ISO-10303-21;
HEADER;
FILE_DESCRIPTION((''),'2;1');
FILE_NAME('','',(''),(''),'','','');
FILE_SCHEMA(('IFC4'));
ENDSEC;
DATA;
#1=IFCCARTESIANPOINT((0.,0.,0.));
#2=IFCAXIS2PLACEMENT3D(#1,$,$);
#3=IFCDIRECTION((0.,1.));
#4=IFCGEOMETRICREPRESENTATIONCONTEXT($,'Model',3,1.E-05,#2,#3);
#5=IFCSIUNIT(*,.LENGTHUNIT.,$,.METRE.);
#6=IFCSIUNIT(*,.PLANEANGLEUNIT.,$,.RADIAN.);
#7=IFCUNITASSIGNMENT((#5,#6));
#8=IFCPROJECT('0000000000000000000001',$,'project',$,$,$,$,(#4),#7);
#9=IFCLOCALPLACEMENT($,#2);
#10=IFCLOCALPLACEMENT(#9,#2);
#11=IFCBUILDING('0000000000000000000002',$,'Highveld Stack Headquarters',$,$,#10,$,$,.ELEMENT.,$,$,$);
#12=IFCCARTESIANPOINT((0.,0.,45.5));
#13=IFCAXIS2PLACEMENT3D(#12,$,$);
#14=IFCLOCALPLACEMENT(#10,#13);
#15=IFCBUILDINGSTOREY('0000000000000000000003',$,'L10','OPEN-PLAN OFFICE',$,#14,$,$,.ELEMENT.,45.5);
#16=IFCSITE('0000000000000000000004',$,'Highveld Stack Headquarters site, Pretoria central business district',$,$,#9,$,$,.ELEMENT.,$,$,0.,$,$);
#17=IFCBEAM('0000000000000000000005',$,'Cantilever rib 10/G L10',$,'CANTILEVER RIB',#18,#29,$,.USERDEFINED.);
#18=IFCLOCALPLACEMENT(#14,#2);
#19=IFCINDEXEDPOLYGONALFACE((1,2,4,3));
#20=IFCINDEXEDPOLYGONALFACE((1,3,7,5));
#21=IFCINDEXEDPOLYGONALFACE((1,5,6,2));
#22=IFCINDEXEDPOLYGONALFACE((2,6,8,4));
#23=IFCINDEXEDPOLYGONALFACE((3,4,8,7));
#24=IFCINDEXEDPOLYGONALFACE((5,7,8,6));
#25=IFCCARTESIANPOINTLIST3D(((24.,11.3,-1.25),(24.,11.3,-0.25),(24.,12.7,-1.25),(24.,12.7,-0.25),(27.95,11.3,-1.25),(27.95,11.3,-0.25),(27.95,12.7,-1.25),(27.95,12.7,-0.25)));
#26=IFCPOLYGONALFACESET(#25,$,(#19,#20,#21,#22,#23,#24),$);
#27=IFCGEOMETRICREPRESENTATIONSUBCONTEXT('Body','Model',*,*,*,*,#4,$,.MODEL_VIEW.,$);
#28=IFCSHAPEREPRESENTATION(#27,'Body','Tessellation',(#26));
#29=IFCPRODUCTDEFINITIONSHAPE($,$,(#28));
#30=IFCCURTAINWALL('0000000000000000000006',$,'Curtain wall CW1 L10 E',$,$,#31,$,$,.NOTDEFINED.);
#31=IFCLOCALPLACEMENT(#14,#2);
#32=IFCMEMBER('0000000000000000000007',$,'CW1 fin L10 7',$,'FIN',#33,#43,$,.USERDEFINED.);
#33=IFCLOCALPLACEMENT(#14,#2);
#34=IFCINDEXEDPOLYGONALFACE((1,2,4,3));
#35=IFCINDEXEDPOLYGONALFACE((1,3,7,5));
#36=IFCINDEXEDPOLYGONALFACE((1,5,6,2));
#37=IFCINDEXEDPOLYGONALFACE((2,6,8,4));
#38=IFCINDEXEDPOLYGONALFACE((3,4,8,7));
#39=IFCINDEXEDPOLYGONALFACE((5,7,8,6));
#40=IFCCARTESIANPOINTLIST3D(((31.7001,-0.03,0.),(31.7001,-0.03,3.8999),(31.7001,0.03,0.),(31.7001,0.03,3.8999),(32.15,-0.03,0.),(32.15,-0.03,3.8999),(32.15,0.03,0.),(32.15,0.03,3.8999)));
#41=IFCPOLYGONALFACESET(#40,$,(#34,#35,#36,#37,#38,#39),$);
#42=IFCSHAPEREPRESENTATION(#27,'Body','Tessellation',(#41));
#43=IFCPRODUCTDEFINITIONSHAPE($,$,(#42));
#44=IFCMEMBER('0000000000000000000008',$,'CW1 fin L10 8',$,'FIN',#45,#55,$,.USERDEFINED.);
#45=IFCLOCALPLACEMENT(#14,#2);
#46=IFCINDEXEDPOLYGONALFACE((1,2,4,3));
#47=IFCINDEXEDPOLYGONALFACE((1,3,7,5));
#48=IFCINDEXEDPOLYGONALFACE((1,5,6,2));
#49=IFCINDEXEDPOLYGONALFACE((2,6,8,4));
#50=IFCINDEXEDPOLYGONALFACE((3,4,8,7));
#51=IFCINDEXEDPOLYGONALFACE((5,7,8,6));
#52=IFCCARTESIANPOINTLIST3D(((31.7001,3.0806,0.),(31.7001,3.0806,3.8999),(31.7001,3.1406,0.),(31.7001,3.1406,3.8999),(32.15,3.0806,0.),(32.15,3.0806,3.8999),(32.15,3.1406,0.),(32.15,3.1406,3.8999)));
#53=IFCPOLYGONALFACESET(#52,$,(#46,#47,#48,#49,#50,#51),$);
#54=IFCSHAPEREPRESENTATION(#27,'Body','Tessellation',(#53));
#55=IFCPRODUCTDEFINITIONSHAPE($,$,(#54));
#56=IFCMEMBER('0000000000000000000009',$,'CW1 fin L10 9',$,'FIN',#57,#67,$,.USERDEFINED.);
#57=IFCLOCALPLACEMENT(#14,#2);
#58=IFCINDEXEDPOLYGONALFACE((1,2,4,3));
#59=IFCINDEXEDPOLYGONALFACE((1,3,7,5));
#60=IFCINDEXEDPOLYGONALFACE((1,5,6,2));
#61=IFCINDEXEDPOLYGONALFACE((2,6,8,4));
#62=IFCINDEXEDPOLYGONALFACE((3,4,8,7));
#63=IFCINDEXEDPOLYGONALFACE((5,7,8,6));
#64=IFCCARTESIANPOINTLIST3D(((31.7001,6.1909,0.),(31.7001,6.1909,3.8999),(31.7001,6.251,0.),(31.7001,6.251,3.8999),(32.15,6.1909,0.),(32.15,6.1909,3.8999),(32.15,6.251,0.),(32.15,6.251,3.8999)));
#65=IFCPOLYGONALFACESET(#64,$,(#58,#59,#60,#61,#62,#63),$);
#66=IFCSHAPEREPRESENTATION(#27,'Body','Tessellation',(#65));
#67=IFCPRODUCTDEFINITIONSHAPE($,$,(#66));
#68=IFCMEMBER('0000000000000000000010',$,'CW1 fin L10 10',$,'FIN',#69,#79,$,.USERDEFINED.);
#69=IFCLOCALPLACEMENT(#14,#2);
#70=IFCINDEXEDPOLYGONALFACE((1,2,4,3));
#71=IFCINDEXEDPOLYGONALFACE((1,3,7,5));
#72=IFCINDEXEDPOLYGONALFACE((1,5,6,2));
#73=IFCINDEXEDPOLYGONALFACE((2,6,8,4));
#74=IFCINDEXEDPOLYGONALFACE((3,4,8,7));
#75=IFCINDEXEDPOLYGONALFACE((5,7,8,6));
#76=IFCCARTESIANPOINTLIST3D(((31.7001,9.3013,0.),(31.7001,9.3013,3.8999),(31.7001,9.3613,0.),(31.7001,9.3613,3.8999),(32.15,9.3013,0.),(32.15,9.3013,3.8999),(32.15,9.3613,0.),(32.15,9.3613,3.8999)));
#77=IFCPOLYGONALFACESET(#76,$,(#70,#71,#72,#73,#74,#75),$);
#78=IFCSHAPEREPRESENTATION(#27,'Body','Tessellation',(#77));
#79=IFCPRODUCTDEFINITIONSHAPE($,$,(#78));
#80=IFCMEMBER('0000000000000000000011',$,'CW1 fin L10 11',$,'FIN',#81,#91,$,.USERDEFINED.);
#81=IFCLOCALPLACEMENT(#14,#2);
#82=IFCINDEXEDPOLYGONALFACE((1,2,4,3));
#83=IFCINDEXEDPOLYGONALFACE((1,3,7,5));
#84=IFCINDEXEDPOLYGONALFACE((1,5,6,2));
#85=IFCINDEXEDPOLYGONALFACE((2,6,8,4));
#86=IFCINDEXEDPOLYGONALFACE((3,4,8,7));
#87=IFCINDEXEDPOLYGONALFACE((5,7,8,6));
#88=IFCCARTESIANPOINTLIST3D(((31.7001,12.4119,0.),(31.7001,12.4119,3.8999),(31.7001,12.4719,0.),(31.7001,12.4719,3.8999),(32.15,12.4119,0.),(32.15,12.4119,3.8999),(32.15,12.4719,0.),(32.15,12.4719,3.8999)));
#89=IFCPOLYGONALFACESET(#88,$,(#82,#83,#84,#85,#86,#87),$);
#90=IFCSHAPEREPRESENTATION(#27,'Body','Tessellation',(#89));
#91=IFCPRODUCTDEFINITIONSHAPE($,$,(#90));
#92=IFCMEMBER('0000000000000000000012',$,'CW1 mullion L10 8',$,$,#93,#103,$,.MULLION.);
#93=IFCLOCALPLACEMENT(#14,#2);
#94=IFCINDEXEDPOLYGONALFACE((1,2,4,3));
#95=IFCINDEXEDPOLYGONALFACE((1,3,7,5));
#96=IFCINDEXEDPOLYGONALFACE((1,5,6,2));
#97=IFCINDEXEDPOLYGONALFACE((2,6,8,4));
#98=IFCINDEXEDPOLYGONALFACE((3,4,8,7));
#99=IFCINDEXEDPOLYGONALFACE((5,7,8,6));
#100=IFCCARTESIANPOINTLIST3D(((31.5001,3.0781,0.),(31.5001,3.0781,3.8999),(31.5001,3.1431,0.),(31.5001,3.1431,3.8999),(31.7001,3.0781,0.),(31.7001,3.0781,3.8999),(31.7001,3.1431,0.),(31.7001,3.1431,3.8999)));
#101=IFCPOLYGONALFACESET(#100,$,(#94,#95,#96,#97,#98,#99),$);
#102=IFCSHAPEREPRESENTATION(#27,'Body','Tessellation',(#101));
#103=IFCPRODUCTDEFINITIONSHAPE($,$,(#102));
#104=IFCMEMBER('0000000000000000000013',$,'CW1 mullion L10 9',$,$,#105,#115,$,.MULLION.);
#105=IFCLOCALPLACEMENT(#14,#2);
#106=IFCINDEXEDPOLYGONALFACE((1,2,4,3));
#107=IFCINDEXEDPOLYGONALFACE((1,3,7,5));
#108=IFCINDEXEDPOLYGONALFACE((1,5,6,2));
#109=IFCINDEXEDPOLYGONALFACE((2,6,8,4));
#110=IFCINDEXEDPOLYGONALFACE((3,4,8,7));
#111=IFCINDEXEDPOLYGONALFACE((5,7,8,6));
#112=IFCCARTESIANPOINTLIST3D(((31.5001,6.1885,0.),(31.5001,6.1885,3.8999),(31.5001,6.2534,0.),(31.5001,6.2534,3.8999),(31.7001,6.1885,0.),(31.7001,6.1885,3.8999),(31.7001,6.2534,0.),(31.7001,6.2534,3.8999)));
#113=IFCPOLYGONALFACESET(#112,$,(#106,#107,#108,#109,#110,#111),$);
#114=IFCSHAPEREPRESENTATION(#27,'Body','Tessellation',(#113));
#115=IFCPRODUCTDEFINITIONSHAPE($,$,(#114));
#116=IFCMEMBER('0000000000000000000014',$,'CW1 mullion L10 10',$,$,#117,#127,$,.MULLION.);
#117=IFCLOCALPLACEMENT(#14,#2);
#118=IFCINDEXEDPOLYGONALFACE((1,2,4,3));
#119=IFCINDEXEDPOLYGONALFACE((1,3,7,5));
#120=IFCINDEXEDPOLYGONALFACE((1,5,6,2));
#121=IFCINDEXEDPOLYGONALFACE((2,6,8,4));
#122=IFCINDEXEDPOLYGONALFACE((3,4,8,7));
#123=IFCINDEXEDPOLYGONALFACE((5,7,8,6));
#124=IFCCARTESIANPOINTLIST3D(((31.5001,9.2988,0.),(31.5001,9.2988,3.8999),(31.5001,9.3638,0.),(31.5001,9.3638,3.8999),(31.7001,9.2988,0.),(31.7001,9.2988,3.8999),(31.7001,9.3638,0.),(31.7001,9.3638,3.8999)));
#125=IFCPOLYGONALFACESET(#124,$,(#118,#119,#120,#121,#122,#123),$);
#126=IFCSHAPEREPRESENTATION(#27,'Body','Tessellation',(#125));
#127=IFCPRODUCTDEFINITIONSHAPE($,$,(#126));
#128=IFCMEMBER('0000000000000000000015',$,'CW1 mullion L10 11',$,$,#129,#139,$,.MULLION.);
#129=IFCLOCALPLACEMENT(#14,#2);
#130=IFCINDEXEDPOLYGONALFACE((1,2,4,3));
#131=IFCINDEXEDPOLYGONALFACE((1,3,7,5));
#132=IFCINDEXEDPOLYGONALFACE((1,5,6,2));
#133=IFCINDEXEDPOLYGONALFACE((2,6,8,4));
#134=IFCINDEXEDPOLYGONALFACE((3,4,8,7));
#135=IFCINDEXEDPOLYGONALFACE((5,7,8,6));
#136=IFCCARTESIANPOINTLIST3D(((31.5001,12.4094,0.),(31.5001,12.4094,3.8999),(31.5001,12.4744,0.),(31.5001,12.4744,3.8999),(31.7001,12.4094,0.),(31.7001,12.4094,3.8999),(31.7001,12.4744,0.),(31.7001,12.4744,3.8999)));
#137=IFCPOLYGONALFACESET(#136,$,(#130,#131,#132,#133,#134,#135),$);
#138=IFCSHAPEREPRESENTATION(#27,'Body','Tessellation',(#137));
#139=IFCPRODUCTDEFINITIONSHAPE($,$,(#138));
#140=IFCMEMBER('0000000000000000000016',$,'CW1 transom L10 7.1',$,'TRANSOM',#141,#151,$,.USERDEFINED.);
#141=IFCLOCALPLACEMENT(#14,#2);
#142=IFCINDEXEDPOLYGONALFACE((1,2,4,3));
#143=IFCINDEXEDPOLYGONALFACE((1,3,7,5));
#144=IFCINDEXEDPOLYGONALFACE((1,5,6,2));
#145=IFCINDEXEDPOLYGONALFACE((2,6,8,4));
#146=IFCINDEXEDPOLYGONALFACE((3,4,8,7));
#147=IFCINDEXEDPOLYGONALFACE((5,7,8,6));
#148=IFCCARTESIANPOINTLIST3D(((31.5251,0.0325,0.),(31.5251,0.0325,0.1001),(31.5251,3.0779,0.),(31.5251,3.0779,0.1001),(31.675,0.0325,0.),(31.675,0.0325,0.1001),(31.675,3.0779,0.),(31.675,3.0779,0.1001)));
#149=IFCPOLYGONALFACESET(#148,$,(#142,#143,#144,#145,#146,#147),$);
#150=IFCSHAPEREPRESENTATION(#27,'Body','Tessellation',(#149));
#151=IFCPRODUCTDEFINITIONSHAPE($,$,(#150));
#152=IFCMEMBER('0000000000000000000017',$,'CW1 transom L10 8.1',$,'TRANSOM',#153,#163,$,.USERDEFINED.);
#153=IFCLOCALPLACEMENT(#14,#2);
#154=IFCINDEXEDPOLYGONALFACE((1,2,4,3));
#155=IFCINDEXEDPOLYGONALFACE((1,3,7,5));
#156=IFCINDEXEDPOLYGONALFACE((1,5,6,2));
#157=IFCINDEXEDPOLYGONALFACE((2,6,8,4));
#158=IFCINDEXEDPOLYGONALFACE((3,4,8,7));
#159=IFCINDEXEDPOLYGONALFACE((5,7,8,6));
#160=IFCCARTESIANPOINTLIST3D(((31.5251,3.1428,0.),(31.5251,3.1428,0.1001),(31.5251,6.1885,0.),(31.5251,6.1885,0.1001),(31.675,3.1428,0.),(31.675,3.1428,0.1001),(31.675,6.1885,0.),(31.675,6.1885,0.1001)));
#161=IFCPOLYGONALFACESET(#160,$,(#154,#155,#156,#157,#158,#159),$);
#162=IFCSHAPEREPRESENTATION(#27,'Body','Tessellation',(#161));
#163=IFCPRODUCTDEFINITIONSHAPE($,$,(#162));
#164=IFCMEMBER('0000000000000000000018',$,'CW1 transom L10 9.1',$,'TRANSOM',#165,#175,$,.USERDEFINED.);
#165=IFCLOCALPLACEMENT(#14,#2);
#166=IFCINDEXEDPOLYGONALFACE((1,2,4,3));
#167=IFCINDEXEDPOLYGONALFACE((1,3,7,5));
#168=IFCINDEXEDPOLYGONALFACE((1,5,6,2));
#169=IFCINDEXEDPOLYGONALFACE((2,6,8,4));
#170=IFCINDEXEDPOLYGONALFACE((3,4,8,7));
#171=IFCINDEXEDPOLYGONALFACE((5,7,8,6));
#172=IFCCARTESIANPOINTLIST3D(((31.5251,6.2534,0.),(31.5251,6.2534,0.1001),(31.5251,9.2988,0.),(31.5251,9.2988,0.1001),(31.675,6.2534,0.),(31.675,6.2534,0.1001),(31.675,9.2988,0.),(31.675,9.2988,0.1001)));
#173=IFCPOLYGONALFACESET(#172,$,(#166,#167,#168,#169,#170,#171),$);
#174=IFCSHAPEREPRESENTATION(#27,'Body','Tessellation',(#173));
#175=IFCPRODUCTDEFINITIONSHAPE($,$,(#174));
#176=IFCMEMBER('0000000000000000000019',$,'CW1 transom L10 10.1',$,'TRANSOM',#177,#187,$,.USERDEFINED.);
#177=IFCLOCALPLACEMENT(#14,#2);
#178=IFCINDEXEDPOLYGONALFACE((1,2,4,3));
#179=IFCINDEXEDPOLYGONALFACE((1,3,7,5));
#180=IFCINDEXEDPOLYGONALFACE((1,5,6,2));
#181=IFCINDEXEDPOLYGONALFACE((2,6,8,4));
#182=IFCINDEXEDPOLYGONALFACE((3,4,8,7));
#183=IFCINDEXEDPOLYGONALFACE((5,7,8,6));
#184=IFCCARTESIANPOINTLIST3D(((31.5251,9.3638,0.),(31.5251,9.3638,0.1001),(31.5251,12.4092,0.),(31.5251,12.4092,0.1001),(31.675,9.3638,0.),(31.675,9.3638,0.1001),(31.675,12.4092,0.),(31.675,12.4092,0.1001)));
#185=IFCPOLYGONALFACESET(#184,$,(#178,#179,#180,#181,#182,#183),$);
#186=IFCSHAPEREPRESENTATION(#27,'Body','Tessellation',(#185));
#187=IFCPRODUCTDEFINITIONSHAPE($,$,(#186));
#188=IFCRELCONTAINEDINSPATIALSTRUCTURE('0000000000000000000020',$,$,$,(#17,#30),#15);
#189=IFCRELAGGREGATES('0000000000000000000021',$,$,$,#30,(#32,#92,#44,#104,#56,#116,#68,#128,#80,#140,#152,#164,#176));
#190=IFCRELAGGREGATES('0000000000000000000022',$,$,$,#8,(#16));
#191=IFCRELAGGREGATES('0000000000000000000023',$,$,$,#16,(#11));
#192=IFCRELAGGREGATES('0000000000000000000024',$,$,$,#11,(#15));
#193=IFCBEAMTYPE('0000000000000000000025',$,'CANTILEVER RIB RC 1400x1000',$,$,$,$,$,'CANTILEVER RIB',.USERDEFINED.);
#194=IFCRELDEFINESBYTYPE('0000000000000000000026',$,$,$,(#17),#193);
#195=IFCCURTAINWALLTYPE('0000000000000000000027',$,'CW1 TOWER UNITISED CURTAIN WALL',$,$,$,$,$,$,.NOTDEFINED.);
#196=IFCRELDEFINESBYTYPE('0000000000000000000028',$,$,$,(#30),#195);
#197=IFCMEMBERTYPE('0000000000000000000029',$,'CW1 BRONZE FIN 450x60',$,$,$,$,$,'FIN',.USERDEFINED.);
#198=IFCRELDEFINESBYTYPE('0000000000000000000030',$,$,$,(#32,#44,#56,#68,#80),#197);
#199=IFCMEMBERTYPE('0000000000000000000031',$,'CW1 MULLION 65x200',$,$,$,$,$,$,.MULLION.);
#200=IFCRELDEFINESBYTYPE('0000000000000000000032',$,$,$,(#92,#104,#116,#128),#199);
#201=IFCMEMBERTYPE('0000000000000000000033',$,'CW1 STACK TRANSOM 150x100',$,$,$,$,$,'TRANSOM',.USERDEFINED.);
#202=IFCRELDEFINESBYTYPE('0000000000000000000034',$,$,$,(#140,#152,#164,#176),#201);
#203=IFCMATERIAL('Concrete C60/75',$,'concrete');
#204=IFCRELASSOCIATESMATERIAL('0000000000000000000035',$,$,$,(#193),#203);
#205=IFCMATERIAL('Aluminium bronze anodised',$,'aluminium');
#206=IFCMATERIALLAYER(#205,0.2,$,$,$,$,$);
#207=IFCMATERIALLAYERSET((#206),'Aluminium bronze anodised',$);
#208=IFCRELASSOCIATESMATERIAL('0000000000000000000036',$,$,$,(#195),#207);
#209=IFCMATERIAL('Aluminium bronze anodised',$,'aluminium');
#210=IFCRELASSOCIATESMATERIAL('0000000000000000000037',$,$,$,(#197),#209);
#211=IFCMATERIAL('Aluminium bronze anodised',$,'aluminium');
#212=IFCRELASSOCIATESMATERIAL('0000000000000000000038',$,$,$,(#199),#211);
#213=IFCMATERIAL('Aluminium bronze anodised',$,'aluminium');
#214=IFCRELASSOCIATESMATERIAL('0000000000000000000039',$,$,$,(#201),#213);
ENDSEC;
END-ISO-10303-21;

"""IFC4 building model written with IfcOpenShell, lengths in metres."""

from ifc_helpers import new_model, si_unit, direction, frame, origin, origin_2d, place, context, subcontext, project, spatial, rectangle, extrude, material, layer, layer_set, material_profile, profile_set, type_object, element, aggregate, save


model = new_model("IFC4")

# Units and contexts
model_context = context("Model", 3, precision=1e-05, world=origin(), true_north=direction((0.0, 1.0)))
body_context = subcontext(model_context, "Body", "Model", "MODEL_VIEW")
ifc_project = project(units=[si_unit("LENGTHUNIT", "METRE"), si_unit("PLANEANGLEUNIT", "RADIAN")], contexts=[model_context])

# Site, building, storey
site_placement = place(None, origin())
site = spatial("IfcSite", under=ifc_project, at=site_placement, Name="Highveld Stack Headquarters site, Pretoria central business district", CompositionType="ELEMENT", RefElevation=0.0)
building_placement = place(site_placement, origin())
building = spatial("IfcBuilding", under=site, at=building_placement, Name="Highveld Stack Headquarters", CompositionType="ELEMENT")
storey_placement = place(building_placement, frame((0.0, 0.0, 45.5)))
storey = spatial("IfcBuildingStorey", under=building, at=storey_placement, Name="L10", Description="OPEN-PLAN OFFICE", CompositionType="ELEMENT", Elevation=45.5)

# Beam
ifc_material_1 = material(Name="Concrete C60/75", Category="concrete")
ifc_material_profile_1 = material_profile(ifc_material_1, rectangle(XDim=1.3999, YDim=1.0, at=origin_2d()), Name="RC 1400x1000")
ifc_profile_set_1 = profile_set([ifc_material_profile_1], Name="Concrete C60/75")
beam_type_1 = type_object("IfcBeamType", Name="CANTILEVER RIB RC 1400x1000", ElementType="CANTILEVER RIB", PredefinedType="USERDEFINED", material=ifc_profile_set_1)
beam_placement = place(storey_placement, frame((24.0, 12.0, -0.75), z_axis=(1.0, 0.0, 0.0), x_axis=(0.0, 1.0, 0.0)))
element("IfcBeam", 1, at=beam_placement, inside=storey, type_object=beam_type_1, Name="Cantilever rib 10/G L10", ObjectType="CANTILEVER RIB", PredefinedType="USERDEFINED", context=body_context, shape_type="SweptSolid", body=[
    extrude(rectangle(XDim=1.3999, YDim=1.0, at=origin_2d()), origin(), (0.0, 0.0, 1.0), 3.95),
])

# Curtain wall, members
ifc_material_2 = material(Name="Aluminium bronze anodised", Category="aluminium")
ifc_layer_1 = layer(ifc_material_2, 0.2)
ifc_layer_set_1 = layer_set([ifc_layer_1], Name="Aluminium bronze anodised")
curtain_wall_type = type_object("IfcCurtainWallType", Name="CW1 TOWER UNITISED CURTAIN WALL", PredefinedType="NOTDEFINED", material=ifc_layer_set_1)
curtain_wall_placement = place(storey_placement, origin())
curtain_wall = element("IfcCurtainWall", 2, at=curtain_wall_placement, inside=storey, type_object=curtain_wall_type, Name="Curtain wall CW1 L10 E", PredefinedType="NOTDEFINED")
ifc_material_3 = material(Name="Aluminium bronze anodised", Category="aluminium")
ifc_material_profile_2 = material_profile(ifc_material_3, rectangle(XDim=0.45, YDim=0.0601, at=origin_2d()), Name="FIN 450x60")
ifc_profile_set_2 = profile_set([ifc_material_profile_2], Name="Aluminium bronze anodised")
member_type_1 = type_object("IfcMemberType", Name="CW1 BRONZE FIN 450x60", ElementType="FIN", PredefinedType="USERDEFINED", material=ifc_profile_set_2)
member_1_placement = place(storey_placement, frame((31.925, 0.0, 0.0), z_axis=(0.0, 0.0, 1.0), x_axis=(-1.0, 0.0, 0.0)))
member_1 = element("IfcMember", 3, at=member_1_placement, type_object=member_type_1, Name="CW1 fin L10 7", ObjectType="FIN", PredefinedType="USERDEFINED", context=body_context, shape_type="SweptSolid", body=[
    extrude(rectangle(XDim=0.45, YDim=0.0601, at=origin_2d()), origin(), (0.0, 0.0, 1.0), 3.8999),
])
member_2_placement = place(storey_placement, frame((31.925, 3.1106, 0.0), z_axis=(0.0, 0.0, 1.0), x_axis=(-1.0, 0.0, 0.0)))
member_2 = element("IfcMember", 4, at=member_2_placement, type_object=member_type_1, Name="CW1 fin L10 8", ObjectType="FIN", PredefinedType="USERDEFINED", context=body_context, shape_type="SweptSolid", body=[
    extrude(rectangle(XDim=0.45, YDim=0.0601, at=origin_2d()), origin(), (0.0, 0.0, 1.0), 3.8999),
])
member_3_placement = place(storey_placement, frame((31.925, 6.2209, 0.0), z_axis=(0.0, 0.0, 1.0), x_axis=(-1.0, 0.0, 0.0)))
member_3 = element("IfcMember", 5, at=member_3_placement, type_object=member_type_1, Name="CW1 fin L10 9", ObjectType="FIN", PredefinedType="USERDEFINED", context=body_context, shape_type="SweptSolid", body=[
    extrude(rectangle(XDim=0.45, YDim=0.0601, at=origin_2d()), origin(), (0.0, 0.0, 1.0), 3.8999),
])
member_4_placement = place(storey_placement, frame((31.925, 9.3313, 0.0), z_axis=(0.0, 0.0, 1.0), x_axis=(-1.0, 0.0, 0.0)))
member_4 = element("IfcMember", 6, at=member_4_placement, type_object=member_type_1, Name="CW1 fin L10 10", ObjectType="FIN", PredefinedType="USERDEFINED", context=body_context, shape_type="SweptSolid", body=[
    extrude(rectangle(XDim=0.45, YDim=0.0601, at=origin_2d()), origin(), (0.0, 0.0, 1.0), 3.8999),
])
member_5_placement = place(storey_placement, frame((31.925, 12.4419, 0.0), z_axis=(0.0, 0.0, 1.0), x_axis=(-1.0, 0.0, 0.0)))
member_5 = element("IfcMember", 7, at=member_5_placement, type_object=member_type_1, Name="CW1 fin L10 11", ObjectType="FIN", PredefinedType="USERDEFINED", context=body_context, shape_type="SweptSolid", body=[
    extrude(rectangle(XDim=0.45, YDim=0.0601, at=origin_2d()), origin(), (0.0, 0.0, 1.0), 3.8999),
])
ifc_material_4 = material(Name="Aluminium bronze anodised", Category="aluminium")
ifc_material_profile_3 = material_profile(ifc_material_4, rectangle(XDim=0.2, YDim=0.0649, at=origin_2d()), Name="CW1 MULLION 65x200")
ifc_profile_set_3 = profile_set([ifc_material_profile_3], Name="Aluminium bronze anodised")
member_type_2 = type_object("IfcMemberType", Name="CW1 MULLION 65x200", PredefinedType="MULLION", material=ifc_profile_set_3)
member_6_placement = place(storey_placement, frame((31.6001, 3.1106, 0.0), z_axis=(0.0, 0.0, 1.0), x_axis=(-1.0, 0.0, 0.0)))
member_6 = element("IfcMember", 8, at=member_6_placement, type_object=member_type_2, Name="CW1 mullion L10 8", PredefinedType="MULLION", context=body_context, shape_type="SweptSolid", body=[
    extrude(rectangle(XDim=0.2, YDim=0.0649, at=origin_2d()), origin(), (0.0, 0.0, 1.0), 3.8999),
])
member_7_placement = place(storey_placement, frame((31.6001, 6.2209, 0.0), z_axis=(0.0, 0.0, 1.0), x_axis=(-1.0, 0.0, 0.0)))
member_7 = element("IfcMember", 9, at=member_7_placement, type_object=member_type_2, Name="CW1 mullion L10 9", PredefinedType="MULLION", context=body_context, shape_type="SweptSolid", body=[
    extrude(rectangle(XDim=0.2, YDim=0.0649, at=origin_2d()), origin(), (0.0, 0.0, 1.0), 3.8999),
])
member_8_placement = place(storey_placement, frame((31.6001, 9.3313, 0.0), z_axis=(0.0, 0.0, 1.0), x_axis=(-1.0, 0.0, 0.0)))
member_8 = element("IfcMember", 10, at=member_8_placement, type_object=member_type_2, Name="CW1 mullion L10 10", PredefinedType="MULLION", context=body_context, shape_type="SweptSolid", body=[
    extrude(rectangle(XDim=0.2, YDim=0.0649, at=origin_2d()), origin(), (0.0, 0.0, 1.0), 3.8999),
])
member_9_placement = place(storey_placement, frame((31.6001, 12.4419, 0.0), z_axis=(0.0, 0.0, 1.0), x_axis=(-1.0, 0.0, 0.0)))
member_9 = element("IfcMember", 11, at=member_9_placement, type_object=member_type_2, Name="CW1 mullion L10 11", PredefinedType="MULLION", context=body_context, shape_type="SweptSolid", body=[
    extrude(rectangle(XDim=0.2, YDim=0.0649, at=origin_2d()), origin(), (0.0, 0.0, 1.0), 3.8999),
])
ifc_material_5 = material(Name="Aluminium bronze anodised", Category="aluminium")
ifc_material_profile_4 = material_profile(ifc_material_5, rectangle(XDim=0.1499, YDim=0.1001, at=origin_2d()), Name="CW1 TRANSOM 150x100")
ifc_profile_set_4 = profile_set([ifc_material_profile_4], Name="Aluminium bronze anodised")
member_type_3 = type_object("IfcMemberType", Name="CW1 STACK TRANSOM 150x100", ElementType="TRANSOM", PredefinedType="USERDEFINED", material=ifc_profile_set_4)
member_10_placement = place(storey_placement, frame((31.6001, 0.0325, 0.05), z_axis=(0.0, 1.0, 0.0), x_axis=(-1.0, 0.0, 0.0)))
member_10 = element("IfcMember", 12, at=member_10_placement, type_object=member_type_3, Name="CW1 transom L10 7.1", ObjectType="TRANSOM", PredefinedType="USERDEFINED", context=body_context, shape_type="SweptSolid", body=[
    extrude(rectangle(XDim=0.1499, YDim=0.1001, at=origin_2d()), origin(), (0.0, 0.0, 1.0), 3.0454),
])
member_11_placement = place(storey_placement, frame((31.6001, 3.1428, 0.05), z_axis=(0.0, 1.0, 0.0), x_axis=(-1.0, 0.0, 0.0)))
member_11 = element("IfcMember", 13, at=member_11_placement, type_object=member_type_3, Name="CW1 transom L10 8.1", ObjectType="TRANSOM", PredefinedType="USERDEFINED", context=body_context, shape_type="SweptSolid", body=[
    extrude(rectangle(XDim=0.1499, YDim=0.1001, at=origin_2d()), origin(), (0.0, 0.0, 1.0), 3.0457),
])
member_12_placement = place(storey_placement, frame((31.6001, 6.2534, 0.05), z_axis=(0.0, 1.0, 0.0), x_axis=(-1.0, 0.0, 0.0)))
member_12 = element("IfcMember", 14, at=member_12_placement, type_object=member_type_3, Name="CW1 transom L10 9.1", ObjectType="TRANSOM", PredefinedType="USERDEFINED", context=body_context, shape_type="SweptSolid", body=[
    extrude(rectangle(XDim=0.1499, YDim=0.1001, at=origin_2d()), origin(), (0.0, 0.0, 1.0), 3.0454),
])
member_13_placement = place(storey_placement, frame((31.6001, 9.3638, 0.05), z_axis=(0.0, 1.0, 0.0), x_axis=(-1.0, 0.0, 0.0)))
member_13 = element("IfcMember", 15, at=member_13_placement, type_object=member_type_3, Name="CW1 transom L10 10.1", ObjectType="TRANSOM", PredefinedType="USERDEFINED", context=body_context, shape_type="SweptSolid", body=[
    extrude(rectangle(XDim=0.1499, YDim=0.1001, at=origin_2d()), origin(), (0.0, 0.0, 1.0), 3.0454),
])

aggregate(curtain_wall, [member_1, member_6, member_2, member_7, member_3, member_8, member_4, member_9, member_5, member_10, member_11, member_12, member_13])

save(model, "model.ifc")
